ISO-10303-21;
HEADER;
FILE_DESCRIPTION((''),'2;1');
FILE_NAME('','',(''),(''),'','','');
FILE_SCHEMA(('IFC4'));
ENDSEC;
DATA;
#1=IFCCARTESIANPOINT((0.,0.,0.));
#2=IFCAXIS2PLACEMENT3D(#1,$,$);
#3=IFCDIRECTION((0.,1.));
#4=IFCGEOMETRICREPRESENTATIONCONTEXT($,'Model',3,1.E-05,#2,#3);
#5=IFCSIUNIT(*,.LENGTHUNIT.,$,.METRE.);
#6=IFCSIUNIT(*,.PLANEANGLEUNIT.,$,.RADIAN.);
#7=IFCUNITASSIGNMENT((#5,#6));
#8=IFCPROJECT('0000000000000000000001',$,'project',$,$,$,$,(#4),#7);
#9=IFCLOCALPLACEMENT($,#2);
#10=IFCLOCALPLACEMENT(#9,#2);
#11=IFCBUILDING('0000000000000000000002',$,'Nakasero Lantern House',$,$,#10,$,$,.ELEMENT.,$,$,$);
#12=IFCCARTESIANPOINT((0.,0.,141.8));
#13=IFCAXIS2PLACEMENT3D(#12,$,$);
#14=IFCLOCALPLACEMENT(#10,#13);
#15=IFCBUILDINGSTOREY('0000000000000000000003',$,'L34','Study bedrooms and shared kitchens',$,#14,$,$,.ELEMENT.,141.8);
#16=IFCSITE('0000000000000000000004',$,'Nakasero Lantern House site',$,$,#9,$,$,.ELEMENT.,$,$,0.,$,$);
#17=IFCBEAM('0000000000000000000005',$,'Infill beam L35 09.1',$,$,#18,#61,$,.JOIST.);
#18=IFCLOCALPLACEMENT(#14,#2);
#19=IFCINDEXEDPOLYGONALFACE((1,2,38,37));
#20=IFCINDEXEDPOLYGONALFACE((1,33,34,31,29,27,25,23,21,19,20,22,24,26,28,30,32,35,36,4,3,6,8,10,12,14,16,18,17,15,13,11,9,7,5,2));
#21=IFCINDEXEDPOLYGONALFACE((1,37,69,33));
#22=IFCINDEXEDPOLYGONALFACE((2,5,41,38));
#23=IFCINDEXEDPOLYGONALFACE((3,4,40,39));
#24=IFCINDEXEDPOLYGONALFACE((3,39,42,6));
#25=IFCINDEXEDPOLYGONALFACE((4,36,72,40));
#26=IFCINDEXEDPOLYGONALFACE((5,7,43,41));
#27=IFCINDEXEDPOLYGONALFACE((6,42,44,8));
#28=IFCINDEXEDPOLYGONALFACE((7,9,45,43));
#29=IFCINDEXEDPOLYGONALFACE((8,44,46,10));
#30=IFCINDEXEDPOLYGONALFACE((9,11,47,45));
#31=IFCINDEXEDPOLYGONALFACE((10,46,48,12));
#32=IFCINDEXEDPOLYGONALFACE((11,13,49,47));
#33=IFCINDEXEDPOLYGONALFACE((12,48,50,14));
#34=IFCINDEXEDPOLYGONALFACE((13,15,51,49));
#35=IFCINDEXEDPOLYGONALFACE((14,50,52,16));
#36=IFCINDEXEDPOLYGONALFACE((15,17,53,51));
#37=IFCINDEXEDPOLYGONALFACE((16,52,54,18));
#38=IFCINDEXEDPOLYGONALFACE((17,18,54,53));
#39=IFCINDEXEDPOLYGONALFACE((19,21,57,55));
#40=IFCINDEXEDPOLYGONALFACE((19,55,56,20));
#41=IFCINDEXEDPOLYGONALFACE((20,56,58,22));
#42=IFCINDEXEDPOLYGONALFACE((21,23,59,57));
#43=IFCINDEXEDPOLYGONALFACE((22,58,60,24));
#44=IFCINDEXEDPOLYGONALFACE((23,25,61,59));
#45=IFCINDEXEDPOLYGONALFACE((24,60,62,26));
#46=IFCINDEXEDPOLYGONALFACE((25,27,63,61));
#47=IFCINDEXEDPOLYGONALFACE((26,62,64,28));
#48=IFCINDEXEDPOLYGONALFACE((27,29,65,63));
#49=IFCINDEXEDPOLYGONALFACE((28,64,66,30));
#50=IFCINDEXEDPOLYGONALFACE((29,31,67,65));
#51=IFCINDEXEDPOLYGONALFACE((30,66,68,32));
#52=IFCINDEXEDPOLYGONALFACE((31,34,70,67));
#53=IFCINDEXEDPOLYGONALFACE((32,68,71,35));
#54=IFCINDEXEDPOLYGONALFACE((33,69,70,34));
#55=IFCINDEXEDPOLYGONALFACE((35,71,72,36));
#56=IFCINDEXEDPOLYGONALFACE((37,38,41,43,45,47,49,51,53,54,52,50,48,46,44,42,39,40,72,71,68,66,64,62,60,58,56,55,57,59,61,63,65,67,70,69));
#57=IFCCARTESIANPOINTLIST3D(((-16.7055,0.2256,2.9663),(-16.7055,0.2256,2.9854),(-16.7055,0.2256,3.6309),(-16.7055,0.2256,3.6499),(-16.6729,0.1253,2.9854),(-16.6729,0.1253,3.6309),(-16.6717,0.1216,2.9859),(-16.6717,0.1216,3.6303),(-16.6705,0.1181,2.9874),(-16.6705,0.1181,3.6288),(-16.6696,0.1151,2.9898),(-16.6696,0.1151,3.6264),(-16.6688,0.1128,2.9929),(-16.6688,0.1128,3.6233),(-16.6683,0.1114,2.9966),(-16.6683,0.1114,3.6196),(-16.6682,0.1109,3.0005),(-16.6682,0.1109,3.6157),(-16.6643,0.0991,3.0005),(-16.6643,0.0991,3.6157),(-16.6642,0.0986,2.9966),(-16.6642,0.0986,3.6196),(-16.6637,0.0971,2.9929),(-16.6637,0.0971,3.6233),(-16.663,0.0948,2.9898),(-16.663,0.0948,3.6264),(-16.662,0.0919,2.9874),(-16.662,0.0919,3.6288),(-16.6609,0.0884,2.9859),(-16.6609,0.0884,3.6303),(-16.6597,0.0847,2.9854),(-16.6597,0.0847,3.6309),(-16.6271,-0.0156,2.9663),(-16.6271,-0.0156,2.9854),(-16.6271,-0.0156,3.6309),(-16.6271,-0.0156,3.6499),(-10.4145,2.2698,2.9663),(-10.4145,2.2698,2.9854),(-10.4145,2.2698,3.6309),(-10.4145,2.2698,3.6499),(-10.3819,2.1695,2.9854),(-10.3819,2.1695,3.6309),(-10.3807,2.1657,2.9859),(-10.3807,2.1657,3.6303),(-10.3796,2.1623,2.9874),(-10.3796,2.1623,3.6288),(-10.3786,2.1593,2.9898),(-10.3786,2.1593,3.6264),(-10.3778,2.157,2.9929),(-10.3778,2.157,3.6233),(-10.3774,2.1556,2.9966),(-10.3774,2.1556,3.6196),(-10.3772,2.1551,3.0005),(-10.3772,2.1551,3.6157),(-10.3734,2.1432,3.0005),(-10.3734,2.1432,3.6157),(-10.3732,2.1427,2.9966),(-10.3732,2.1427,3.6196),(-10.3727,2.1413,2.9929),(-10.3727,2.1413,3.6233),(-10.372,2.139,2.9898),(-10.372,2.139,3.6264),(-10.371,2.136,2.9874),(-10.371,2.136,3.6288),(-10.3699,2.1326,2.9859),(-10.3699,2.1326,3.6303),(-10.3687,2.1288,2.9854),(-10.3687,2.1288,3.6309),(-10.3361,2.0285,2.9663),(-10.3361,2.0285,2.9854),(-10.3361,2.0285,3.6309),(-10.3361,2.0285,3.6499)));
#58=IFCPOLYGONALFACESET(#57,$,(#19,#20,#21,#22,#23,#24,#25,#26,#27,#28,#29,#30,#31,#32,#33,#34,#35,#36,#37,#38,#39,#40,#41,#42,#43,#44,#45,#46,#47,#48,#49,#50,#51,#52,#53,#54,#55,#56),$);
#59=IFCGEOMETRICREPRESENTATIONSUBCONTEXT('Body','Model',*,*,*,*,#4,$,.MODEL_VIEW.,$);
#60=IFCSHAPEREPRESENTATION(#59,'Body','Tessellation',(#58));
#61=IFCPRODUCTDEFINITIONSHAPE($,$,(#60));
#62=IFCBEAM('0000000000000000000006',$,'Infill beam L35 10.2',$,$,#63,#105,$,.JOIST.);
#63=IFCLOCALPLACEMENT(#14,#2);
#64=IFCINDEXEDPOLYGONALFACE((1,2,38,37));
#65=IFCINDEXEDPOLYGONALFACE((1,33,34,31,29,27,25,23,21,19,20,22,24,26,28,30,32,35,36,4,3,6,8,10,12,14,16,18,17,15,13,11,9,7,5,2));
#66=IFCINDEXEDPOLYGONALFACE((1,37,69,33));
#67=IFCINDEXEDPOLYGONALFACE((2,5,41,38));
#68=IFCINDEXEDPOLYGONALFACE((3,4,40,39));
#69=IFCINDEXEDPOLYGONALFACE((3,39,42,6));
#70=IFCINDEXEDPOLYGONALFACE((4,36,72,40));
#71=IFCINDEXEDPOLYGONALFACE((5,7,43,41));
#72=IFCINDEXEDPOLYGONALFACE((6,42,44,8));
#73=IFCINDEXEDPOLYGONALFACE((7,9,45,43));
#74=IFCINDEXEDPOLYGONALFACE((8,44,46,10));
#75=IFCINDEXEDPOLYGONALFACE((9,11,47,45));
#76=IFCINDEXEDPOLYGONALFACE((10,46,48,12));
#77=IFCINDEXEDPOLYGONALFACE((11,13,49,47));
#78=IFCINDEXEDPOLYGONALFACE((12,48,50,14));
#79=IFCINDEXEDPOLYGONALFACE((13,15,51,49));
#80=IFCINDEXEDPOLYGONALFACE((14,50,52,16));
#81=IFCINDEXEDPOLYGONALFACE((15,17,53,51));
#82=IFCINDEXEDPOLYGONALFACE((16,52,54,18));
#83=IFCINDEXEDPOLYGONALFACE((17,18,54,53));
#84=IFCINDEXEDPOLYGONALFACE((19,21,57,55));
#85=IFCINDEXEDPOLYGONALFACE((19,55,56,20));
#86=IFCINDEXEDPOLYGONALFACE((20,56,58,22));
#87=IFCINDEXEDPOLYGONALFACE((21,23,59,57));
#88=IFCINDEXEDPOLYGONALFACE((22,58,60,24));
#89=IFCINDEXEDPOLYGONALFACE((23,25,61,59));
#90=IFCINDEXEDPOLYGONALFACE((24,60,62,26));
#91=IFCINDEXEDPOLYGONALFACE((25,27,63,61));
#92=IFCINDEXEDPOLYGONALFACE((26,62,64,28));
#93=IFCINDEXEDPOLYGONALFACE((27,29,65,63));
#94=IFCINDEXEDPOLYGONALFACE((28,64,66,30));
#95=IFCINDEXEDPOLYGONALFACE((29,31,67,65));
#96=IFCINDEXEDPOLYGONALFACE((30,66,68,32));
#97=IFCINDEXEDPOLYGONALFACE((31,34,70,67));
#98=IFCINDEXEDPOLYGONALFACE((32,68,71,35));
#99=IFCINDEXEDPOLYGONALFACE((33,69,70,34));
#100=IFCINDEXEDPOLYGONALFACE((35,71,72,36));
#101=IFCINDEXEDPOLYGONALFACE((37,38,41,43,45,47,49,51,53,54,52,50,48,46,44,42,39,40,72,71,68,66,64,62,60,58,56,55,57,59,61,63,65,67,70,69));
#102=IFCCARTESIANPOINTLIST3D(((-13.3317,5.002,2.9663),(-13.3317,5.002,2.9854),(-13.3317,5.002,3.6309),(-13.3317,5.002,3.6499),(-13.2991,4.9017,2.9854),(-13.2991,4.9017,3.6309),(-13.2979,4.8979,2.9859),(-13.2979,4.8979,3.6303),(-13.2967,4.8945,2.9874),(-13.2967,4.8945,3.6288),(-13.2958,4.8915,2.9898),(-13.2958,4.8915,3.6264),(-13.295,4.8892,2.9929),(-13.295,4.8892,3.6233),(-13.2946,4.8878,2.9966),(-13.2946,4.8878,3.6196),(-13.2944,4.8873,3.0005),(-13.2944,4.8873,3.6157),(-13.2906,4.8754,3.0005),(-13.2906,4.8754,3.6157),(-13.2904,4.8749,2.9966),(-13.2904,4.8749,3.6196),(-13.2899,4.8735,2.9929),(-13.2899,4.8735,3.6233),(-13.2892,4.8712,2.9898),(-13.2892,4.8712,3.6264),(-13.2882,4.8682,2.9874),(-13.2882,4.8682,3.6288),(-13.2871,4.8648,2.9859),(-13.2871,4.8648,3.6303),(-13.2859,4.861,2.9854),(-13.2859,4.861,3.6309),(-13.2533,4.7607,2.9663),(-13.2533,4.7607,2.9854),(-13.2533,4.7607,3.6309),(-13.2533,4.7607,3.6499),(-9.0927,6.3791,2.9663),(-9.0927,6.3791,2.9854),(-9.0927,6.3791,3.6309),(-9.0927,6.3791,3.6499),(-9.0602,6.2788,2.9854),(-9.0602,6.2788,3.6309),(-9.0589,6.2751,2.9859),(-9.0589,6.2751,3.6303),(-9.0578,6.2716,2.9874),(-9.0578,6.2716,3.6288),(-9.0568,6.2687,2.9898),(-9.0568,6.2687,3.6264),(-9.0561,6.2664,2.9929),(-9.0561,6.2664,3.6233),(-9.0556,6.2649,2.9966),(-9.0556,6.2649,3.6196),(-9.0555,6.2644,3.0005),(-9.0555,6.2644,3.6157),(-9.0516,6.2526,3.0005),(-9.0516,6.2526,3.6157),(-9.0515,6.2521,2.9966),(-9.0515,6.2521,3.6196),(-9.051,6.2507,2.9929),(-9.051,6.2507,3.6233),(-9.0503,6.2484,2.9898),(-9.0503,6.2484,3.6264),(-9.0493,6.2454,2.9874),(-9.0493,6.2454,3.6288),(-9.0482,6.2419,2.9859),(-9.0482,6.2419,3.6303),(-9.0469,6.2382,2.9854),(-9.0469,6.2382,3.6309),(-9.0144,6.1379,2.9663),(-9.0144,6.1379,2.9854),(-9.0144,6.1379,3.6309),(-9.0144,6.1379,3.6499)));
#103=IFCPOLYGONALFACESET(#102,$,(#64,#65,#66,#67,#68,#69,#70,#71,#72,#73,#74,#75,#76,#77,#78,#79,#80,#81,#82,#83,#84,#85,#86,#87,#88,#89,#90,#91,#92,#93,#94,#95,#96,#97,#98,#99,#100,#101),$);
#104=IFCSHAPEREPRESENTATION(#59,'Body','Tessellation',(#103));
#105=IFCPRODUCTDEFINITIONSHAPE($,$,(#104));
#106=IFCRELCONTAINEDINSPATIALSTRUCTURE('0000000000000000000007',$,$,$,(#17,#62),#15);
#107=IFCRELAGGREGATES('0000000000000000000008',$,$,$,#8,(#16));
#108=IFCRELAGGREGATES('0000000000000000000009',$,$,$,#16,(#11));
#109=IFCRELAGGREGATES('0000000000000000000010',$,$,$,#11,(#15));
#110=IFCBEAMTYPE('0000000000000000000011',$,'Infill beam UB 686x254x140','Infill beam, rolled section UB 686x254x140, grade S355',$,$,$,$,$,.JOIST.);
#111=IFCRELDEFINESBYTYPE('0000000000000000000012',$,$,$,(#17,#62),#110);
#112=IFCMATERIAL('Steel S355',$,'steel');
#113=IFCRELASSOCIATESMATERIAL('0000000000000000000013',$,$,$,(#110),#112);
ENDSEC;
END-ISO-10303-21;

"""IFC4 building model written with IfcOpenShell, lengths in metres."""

from ifc_helpers import new_model, si_unit, direction, frame, origin, origin_2d, place, context, subcontext, project, spatial, i_section, extrude, material, material_profile, profile_set, type_object, element, save


model = new_model("IFC4")

# Units and contexts
model_context = context("Model", 3, precision=1e-05, world=origin(), true_north=direction((0.0, 1.0)))
body_context = subcontext(model_context, "Body", "Model", "MODEL_VIEW")
ifc_project = project(units=[si_unit("LENGTHUNIT", "METRE"), si_unit("PLANEANGLEUNIT", "RADIAN")], contexts=[model_context])

# Site, building, storey
site_placement = place(None, origin())
site = spatial("IfcSite", under=ifc_project, at=site_placement, Name="Nakasero Lantern House site", CompositionType="ELEMENT", RefElevation=0.0)
building_placement = place(site_placement, origin())
building = spatial("IfcBuilding", under=site, at=building_placement, Name="Nakasero Lantern House", CompositionType="ELEMENT")
storey_placement = place(building_placement, frame((0.0, 0.0, 141.8)))
storey = spatial("IfcBuildingStorey", under=building, at=storey_placement, Name="L34", Description="Study bedrooms and shared kitchens", CompositionType="ELEMENT", Elevation=141.8)

# Beams
ifc_material_1 = material(Name="Steel S355", Category="steel")
ifc_material_profile = material_profile(ifc_material_1, i_section(OverallWidth=0.2537, OverallDepth=0.6836, WebThickness=0.0125, FlangeThickness=0.019, FilletRadius=0.0151, at=origin_2d()), Name="UB 686x254x140")
ifc_profile_set = profile_set([ifc_material_profile], Name="Steel S355")
beam_type = type_object("IfcBeamType", Name="Infill beam UB 686x254x140", Description="Infill beam, rolled section UB 686x254x140, grade S355", PredefinedType="JOIST", material=ifc_profile_set)
beam_1_placement = place(storey_placement, frame((-16.6663, 0.105, 3.3081), z_axis=(0.951051, 0.309033, 0.0), x_axis=(-0.309033, 0.951051, 0.0)))
element("IfcBeam", 1, at=beam_1_placement, inside=storey, type_object=beam_type, Name="Infill beam L35 09.1", PredefinedType="JOIST", context=body_context, shape_type="SweptSolid", body=[
    extrude(i_section(OverallWidth=0.2537, OverallDepth=0.6836, WebThickness=0.0125, FlangeThickness=0.019, FilletRadius=0.0151, at=origin_2d()), origin(), (0.0, 0.0, 1.0), 6.6147),
])
beam_2_placement = place(storey_placement, frame((-13.2925, 4.8813, 3.3081), z_axis=(0.951066, 0.308988, 0.0), x_axis=(-0.308988, 0.951066, 0.0)))
element("IfcBeam", 2, at=beam_2_placement, inside=storey, type_object=beam_type, Name="Infill beam L35 10.2", PredefinedType="JOIST", context=body_context, shape_type="SweptSolid", body=[
    extrude(i_section(OverallWidth=0.2537, OverallDepth=0.6836, WebThickness=0.0125, FlangeThickness=0.019, FilletRadius=0.0151, at=origin_2d()), origin(), (0.0, 0.0, 1.0), 4.457),
])

save(model, "model.ifc")
